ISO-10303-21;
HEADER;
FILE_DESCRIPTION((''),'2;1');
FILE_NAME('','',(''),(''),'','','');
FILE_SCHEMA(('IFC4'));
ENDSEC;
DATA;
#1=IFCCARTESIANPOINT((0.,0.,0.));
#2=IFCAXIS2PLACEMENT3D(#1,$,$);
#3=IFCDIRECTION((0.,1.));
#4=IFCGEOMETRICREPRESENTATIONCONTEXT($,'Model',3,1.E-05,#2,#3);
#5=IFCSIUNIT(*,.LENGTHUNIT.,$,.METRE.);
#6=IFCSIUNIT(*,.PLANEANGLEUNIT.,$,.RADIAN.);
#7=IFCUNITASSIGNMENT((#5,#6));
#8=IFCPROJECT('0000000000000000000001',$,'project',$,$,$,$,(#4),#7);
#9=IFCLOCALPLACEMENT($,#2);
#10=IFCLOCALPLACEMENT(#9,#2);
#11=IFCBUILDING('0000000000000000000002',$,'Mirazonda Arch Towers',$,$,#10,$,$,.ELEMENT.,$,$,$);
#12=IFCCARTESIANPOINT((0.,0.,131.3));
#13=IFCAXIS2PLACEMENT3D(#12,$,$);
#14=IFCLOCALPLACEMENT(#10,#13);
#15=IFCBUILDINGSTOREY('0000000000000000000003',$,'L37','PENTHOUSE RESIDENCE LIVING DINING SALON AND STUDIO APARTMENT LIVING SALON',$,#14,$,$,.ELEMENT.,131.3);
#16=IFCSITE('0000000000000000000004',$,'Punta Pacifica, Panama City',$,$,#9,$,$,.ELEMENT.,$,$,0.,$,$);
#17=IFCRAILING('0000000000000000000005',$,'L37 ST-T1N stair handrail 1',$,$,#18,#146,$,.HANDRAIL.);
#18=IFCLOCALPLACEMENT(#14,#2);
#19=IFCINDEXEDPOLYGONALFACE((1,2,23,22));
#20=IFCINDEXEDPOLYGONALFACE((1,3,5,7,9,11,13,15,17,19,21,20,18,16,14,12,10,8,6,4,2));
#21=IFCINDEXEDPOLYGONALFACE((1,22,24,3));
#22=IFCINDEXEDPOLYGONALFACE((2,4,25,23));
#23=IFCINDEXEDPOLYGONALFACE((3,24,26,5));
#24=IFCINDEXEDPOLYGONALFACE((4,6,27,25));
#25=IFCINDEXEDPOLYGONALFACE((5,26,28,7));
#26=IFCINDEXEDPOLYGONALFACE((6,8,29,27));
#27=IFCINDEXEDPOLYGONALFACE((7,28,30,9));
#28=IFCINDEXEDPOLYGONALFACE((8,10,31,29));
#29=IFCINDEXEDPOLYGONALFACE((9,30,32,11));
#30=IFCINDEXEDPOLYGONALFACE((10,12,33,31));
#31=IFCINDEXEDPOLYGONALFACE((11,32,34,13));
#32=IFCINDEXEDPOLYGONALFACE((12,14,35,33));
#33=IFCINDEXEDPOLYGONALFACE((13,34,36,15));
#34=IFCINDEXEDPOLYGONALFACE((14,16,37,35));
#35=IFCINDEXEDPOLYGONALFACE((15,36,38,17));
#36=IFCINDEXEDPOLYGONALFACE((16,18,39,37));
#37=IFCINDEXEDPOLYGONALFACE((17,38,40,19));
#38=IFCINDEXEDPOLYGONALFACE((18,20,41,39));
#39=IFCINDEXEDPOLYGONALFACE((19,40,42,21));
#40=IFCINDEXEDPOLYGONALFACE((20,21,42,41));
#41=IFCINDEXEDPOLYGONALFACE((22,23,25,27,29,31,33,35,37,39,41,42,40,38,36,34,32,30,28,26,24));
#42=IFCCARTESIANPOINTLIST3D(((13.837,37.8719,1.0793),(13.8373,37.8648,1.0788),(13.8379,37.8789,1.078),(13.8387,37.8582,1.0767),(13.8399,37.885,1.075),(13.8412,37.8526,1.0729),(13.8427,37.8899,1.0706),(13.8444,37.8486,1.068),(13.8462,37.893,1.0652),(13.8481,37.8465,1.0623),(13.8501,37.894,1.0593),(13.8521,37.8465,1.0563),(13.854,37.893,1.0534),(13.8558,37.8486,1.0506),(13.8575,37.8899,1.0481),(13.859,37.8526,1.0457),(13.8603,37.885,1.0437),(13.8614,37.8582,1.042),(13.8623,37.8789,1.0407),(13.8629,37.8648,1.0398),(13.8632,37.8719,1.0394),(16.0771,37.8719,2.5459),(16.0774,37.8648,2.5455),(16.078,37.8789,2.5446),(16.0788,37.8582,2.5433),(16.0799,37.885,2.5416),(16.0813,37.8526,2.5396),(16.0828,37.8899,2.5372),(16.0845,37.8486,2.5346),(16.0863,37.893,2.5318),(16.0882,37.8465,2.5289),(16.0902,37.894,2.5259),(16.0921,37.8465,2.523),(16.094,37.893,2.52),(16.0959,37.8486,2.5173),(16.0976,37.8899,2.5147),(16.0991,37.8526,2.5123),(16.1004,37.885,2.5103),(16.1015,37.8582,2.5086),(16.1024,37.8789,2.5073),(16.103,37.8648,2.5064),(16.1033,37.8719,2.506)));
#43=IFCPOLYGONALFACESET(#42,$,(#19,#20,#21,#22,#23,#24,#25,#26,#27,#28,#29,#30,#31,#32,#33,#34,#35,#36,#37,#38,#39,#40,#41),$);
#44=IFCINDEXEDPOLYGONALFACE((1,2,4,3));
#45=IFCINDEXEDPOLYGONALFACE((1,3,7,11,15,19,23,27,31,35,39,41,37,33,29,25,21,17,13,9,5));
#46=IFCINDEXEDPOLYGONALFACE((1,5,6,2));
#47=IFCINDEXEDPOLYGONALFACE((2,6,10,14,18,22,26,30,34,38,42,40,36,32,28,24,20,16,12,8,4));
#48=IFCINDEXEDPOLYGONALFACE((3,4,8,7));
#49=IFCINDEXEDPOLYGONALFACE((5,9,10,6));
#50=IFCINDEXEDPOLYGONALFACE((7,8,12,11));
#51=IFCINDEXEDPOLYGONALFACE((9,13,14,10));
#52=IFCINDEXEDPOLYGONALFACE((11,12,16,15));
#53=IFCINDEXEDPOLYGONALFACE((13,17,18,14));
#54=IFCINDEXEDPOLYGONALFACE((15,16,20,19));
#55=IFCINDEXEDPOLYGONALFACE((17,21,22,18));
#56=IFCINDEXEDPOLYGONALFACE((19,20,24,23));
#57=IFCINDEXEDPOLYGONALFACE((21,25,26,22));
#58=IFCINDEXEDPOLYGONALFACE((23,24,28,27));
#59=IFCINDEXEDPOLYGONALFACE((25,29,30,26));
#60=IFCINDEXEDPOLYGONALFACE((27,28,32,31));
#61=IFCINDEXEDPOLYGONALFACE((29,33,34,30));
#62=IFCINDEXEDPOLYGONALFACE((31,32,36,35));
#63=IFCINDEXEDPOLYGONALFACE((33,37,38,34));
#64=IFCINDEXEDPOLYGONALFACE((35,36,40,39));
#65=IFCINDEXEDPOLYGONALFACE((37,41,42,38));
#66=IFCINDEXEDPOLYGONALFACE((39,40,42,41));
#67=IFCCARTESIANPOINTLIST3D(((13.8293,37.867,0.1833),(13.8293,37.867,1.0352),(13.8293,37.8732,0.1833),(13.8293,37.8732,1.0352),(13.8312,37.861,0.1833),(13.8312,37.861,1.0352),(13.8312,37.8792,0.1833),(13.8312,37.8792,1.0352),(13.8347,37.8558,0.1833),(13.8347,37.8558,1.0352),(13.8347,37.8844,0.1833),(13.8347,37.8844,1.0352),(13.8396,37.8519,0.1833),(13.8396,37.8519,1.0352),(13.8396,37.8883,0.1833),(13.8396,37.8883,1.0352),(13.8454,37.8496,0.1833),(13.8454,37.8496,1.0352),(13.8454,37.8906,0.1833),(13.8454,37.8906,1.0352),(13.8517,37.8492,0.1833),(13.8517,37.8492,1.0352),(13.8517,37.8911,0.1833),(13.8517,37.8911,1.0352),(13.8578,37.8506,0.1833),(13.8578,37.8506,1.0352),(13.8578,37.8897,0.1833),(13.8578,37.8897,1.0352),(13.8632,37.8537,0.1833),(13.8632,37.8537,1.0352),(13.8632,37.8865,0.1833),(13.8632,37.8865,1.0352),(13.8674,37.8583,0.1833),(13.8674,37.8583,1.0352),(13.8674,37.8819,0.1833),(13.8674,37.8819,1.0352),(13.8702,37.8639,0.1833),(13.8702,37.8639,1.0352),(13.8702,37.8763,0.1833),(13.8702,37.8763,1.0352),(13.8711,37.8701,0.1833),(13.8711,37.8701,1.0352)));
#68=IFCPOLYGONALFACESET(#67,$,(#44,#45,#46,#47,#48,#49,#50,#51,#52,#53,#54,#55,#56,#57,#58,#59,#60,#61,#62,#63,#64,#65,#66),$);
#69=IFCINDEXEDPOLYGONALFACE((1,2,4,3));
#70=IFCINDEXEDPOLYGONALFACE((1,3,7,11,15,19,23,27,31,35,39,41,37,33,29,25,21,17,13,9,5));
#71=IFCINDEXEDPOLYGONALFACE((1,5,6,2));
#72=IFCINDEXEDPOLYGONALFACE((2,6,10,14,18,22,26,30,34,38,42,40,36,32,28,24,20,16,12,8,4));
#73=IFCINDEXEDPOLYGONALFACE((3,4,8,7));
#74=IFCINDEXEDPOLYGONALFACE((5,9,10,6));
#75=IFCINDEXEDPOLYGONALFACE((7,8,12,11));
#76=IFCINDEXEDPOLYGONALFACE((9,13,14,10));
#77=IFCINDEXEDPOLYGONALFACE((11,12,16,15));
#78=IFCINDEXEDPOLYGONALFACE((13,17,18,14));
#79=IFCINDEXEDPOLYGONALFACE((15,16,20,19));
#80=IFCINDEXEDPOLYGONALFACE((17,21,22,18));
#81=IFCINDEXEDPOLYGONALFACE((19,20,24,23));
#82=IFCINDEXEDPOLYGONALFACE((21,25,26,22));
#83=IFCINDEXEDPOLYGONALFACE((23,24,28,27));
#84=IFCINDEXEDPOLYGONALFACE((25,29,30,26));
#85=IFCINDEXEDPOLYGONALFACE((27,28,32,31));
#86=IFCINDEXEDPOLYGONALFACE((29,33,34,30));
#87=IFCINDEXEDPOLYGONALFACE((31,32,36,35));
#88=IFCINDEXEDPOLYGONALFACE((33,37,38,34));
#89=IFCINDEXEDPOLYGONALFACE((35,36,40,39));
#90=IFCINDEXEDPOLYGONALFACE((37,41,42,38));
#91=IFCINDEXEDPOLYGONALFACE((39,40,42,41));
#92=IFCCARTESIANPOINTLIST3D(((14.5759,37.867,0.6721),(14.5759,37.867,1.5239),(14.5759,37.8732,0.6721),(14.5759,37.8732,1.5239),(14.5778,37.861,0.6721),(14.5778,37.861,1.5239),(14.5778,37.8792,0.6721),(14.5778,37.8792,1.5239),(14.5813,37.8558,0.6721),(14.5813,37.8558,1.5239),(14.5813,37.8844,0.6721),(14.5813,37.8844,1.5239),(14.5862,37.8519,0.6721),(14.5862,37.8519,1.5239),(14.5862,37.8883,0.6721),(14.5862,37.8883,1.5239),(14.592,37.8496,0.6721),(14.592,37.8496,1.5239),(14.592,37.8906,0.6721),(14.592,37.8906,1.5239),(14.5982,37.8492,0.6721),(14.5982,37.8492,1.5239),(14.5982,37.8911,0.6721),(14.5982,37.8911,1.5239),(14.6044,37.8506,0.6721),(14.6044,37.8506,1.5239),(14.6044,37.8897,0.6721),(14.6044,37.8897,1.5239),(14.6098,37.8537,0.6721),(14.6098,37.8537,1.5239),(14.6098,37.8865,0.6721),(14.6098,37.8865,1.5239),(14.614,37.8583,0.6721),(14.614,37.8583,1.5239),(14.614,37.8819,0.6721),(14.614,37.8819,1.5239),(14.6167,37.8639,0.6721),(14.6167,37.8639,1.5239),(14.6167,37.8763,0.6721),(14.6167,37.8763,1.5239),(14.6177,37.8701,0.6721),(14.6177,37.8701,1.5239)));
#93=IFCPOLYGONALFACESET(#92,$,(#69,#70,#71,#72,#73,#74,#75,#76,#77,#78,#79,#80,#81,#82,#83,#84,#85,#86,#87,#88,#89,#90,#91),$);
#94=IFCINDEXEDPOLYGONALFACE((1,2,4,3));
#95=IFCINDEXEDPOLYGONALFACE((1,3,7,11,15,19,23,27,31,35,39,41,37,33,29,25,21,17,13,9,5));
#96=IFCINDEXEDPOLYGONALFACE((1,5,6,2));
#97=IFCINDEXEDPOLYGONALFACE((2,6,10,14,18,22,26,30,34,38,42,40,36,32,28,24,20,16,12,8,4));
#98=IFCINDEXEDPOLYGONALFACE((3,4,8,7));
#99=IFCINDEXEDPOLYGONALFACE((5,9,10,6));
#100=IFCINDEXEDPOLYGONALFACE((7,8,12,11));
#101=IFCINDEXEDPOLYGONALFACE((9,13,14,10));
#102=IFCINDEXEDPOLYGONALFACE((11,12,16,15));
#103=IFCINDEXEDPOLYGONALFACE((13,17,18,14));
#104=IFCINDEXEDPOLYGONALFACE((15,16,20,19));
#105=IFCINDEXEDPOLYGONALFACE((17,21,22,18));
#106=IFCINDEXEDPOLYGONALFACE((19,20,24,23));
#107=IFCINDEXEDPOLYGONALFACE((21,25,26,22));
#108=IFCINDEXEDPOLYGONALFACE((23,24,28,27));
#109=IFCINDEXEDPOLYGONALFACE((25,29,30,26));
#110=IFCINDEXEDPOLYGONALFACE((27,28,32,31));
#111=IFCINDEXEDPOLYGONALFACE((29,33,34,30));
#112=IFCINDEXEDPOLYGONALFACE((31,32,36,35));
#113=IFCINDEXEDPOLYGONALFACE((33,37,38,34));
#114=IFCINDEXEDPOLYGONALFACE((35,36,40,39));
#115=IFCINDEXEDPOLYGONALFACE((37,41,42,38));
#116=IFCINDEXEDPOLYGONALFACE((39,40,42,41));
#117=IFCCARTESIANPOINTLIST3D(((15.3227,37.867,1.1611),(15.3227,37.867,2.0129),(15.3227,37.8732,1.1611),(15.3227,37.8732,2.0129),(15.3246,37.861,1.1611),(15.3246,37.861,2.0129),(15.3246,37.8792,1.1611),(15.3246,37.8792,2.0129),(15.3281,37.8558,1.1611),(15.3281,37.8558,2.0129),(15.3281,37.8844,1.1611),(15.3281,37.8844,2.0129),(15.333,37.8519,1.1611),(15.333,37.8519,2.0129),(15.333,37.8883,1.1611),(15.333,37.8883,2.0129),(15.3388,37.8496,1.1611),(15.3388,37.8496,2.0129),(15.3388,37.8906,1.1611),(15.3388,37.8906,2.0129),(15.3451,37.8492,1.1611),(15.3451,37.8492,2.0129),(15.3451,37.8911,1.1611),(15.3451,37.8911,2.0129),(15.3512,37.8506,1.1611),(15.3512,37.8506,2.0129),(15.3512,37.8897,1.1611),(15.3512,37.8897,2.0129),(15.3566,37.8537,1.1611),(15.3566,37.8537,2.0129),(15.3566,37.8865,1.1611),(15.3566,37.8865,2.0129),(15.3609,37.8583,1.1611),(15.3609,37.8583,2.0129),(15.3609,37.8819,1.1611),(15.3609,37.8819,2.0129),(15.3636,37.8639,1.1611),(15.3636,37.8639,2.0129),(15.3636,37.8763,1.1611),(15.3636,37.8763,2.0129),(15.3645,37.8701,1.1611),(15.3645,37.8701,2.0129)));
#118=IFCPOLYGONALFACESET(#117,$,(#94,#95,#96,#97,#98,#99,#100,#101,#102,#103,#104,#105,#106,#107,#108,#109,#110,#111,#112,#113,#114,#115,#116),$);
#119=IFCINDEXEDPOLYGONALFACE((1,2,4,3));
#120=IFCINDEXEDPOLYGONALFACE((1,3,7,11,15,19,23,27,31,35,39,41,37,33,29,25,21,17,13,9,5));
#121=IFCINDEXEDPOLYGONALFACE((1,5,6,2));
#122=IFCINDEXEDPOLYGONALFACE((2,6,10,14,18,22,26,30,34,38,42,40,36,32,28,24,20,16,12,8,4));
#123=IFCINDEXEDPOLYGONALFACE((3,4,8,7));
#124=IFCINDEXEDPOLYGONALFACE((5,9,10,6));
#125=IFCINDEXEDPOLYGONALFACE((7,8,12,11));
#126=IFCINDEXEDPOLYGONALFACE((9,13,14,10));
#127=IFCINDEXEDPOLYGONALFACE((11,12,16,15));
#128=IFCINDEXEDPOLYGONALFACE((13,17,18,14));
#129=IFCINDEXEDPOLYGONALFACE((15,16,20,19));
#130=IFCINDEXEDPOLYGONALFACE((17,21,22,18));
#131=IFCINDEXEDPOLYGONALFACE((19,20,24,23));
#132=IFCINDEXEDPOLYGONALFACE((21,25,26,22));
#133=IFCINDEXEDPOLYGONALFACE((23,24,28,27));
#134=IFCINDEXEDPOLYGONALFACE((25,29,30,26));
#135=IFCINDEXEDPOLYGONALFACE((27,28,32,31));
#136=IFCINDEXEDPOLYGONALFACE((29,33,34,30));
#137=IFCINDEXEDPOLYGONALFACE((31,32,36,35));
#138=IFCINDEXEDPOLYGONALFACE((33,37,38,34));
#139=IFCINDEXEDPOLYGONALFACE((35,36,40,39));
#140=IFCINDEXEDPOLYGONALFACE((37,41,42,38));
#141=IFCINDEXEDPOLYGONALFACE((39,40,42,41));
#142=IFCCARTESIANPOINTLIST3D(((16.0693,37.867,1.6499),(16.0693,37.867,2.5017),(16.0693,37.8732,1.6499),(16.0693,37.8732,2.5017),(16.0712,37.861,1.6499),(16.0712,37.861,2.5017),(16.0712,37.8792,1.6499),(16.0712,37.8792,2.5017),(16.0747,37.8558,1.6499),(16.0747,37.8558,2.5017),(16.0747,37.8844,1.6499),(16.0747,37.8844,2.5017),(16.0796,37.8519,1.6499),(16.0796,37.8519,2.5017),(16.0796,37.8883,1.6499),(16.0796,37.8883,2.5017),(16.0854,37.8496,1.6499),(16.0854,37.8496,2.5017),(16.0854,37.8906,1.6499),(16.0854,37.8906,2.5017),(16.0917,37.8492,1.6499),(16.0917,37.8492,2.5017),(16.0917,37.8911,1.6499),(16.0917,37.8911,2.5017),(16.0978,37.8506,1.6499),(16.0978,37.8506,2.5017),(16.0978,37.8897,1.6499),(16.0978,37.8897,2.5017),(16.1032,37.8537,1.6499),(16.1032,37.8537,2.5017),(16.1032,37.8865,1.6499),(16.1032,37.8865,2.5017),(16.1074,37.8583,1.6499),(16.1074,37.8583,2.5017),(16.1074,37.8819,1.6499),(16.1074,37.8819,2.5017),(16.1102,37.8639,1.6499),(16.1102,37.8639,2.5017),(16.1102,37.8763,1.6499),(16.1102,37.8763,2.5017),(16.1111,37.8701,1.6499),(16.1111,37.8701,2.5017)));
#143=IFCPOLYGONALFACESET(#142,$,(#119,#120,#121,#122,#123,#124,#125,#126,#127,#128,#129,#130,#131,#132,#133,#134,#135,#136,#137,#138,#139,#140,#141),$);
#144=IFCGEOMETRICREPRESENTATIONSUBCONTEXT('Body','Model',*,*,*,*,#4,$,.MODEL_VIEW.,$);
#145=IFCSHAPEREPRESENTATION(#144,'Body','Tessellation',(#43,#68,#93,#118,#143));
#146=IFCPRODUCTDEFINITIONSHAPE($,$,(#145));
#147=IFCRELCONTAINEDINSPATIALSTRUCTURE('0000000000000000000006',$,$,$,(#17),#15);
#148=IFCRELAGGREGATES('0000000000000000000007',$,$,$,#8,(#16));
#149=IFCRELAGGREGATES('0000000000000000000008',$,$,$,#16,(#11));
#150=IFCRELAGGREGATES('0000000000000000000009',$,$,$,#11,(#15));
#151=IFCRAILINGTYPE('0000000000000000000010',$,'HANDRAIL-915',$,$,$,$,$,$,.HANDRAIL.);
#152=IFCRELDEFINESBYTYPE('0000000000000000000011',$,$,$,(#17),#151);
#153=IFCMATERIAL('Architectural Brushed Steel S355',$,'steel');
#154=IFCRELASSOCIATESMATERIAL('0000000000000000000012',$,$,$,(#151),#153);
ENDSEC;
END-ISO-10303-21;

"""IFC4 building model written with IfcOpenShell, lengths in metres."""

from ifc_helpers import new_model, si_unit, direction, frame, origin, origin_2d, place, context, subcontext, project, spatial, circle, extrude, material, type_object, element, save


model = new_model("IFC4")

# Units and contexts
model_context = context("Model", 3, precision=1e-05, world=origin(), true_north=direction((0.0, 1.0)))
body_context = subcontext(model_context, "Body", "Model", "MODEL_VIEW")
ifc_project = project(units=[si_unit("LENGTHUNIT", "METRE"), si_unit("PLANEANGLEUNIT", "RADIAN")], contexts=[model_context])

# Site, building, storey
site_placement = place(None, origin())
site = spatial("IfcSite", under=ifc_project, at=site_placement, Name="Punta Pacifica, Panama City", CompositionType="ELEMENT", RefElevation=0.0)
building_placement = place(site_placement, origin())
building = spatial("IfcBuilding", under=site, at=building_placement, Name="Mirazonda Arch Towers", CompositionType="ELEMENT")
storey_placement = place(building_placement, frame((0.0, 0.0, 131.3)))
storey = spatial("IfcBuildingStorey", under=building, at=storey_placement, Name="L37", Description="PENTHOUSE RESIDENCE LIVING DINING SALON AND STUDIO APARTMENT LIVING SALON", CompositionType="ELEMENT", Elevation=131.3)

# Shared definitions
ifc_material_1 = material(Name="Architectural Brushed Steel S355", Category="steel")

# Railing
railing_type_1 = type_object("IfcRailingType", Name="HANDRAIL-915", PredefinedType="HANDRAIL", material=ifc_material_1)
railing_1_placement = place(storey_placement, frame((13.8501, 37.8701, 0.1833)))
element("IfcRailing", 1, at=railing_1_placement, inside=storey, type_object=railing_type_1, Name="L37 ST-T1N stair handrail 1", PredefinedType="HANDRAIL", context=body_context, shape_type="SweptSolid", body=[
    extrude(circle(Radius=0.0239, at=origin_2d()), frame((0.0, 0.0, 0.876), z_axis=(0.836637, 0.0, 0.547758), x_axis=(0.0, 1.0, 0.0)), (0.0, 0.0, 1.0), 2.6775),
    extrude(circle(Radius=0.021, at=origin_2d()), origin(), (0.0, 0.0, 1.0), 0.8518),
    extrude(circle(Radius=0.021, at=origin_2d()), frame((0.7466, 0.0, 0.4888)), (0.0, 0.0, 1.0), 0.8518),
    extrude(circle(Radius=0.021, at=origin_2d()), frame((1.4934, 0.0, 0.9778)), (0.0, 0.0, 1.0), 0.8518),
    extrude(circle(Radius=0.021, at=origin_2d()), frame((2.24, 0.0, 1.4666)), (0.0, 0.0, 1.0), 0.8518),
])

save(model, "model.ifc")
